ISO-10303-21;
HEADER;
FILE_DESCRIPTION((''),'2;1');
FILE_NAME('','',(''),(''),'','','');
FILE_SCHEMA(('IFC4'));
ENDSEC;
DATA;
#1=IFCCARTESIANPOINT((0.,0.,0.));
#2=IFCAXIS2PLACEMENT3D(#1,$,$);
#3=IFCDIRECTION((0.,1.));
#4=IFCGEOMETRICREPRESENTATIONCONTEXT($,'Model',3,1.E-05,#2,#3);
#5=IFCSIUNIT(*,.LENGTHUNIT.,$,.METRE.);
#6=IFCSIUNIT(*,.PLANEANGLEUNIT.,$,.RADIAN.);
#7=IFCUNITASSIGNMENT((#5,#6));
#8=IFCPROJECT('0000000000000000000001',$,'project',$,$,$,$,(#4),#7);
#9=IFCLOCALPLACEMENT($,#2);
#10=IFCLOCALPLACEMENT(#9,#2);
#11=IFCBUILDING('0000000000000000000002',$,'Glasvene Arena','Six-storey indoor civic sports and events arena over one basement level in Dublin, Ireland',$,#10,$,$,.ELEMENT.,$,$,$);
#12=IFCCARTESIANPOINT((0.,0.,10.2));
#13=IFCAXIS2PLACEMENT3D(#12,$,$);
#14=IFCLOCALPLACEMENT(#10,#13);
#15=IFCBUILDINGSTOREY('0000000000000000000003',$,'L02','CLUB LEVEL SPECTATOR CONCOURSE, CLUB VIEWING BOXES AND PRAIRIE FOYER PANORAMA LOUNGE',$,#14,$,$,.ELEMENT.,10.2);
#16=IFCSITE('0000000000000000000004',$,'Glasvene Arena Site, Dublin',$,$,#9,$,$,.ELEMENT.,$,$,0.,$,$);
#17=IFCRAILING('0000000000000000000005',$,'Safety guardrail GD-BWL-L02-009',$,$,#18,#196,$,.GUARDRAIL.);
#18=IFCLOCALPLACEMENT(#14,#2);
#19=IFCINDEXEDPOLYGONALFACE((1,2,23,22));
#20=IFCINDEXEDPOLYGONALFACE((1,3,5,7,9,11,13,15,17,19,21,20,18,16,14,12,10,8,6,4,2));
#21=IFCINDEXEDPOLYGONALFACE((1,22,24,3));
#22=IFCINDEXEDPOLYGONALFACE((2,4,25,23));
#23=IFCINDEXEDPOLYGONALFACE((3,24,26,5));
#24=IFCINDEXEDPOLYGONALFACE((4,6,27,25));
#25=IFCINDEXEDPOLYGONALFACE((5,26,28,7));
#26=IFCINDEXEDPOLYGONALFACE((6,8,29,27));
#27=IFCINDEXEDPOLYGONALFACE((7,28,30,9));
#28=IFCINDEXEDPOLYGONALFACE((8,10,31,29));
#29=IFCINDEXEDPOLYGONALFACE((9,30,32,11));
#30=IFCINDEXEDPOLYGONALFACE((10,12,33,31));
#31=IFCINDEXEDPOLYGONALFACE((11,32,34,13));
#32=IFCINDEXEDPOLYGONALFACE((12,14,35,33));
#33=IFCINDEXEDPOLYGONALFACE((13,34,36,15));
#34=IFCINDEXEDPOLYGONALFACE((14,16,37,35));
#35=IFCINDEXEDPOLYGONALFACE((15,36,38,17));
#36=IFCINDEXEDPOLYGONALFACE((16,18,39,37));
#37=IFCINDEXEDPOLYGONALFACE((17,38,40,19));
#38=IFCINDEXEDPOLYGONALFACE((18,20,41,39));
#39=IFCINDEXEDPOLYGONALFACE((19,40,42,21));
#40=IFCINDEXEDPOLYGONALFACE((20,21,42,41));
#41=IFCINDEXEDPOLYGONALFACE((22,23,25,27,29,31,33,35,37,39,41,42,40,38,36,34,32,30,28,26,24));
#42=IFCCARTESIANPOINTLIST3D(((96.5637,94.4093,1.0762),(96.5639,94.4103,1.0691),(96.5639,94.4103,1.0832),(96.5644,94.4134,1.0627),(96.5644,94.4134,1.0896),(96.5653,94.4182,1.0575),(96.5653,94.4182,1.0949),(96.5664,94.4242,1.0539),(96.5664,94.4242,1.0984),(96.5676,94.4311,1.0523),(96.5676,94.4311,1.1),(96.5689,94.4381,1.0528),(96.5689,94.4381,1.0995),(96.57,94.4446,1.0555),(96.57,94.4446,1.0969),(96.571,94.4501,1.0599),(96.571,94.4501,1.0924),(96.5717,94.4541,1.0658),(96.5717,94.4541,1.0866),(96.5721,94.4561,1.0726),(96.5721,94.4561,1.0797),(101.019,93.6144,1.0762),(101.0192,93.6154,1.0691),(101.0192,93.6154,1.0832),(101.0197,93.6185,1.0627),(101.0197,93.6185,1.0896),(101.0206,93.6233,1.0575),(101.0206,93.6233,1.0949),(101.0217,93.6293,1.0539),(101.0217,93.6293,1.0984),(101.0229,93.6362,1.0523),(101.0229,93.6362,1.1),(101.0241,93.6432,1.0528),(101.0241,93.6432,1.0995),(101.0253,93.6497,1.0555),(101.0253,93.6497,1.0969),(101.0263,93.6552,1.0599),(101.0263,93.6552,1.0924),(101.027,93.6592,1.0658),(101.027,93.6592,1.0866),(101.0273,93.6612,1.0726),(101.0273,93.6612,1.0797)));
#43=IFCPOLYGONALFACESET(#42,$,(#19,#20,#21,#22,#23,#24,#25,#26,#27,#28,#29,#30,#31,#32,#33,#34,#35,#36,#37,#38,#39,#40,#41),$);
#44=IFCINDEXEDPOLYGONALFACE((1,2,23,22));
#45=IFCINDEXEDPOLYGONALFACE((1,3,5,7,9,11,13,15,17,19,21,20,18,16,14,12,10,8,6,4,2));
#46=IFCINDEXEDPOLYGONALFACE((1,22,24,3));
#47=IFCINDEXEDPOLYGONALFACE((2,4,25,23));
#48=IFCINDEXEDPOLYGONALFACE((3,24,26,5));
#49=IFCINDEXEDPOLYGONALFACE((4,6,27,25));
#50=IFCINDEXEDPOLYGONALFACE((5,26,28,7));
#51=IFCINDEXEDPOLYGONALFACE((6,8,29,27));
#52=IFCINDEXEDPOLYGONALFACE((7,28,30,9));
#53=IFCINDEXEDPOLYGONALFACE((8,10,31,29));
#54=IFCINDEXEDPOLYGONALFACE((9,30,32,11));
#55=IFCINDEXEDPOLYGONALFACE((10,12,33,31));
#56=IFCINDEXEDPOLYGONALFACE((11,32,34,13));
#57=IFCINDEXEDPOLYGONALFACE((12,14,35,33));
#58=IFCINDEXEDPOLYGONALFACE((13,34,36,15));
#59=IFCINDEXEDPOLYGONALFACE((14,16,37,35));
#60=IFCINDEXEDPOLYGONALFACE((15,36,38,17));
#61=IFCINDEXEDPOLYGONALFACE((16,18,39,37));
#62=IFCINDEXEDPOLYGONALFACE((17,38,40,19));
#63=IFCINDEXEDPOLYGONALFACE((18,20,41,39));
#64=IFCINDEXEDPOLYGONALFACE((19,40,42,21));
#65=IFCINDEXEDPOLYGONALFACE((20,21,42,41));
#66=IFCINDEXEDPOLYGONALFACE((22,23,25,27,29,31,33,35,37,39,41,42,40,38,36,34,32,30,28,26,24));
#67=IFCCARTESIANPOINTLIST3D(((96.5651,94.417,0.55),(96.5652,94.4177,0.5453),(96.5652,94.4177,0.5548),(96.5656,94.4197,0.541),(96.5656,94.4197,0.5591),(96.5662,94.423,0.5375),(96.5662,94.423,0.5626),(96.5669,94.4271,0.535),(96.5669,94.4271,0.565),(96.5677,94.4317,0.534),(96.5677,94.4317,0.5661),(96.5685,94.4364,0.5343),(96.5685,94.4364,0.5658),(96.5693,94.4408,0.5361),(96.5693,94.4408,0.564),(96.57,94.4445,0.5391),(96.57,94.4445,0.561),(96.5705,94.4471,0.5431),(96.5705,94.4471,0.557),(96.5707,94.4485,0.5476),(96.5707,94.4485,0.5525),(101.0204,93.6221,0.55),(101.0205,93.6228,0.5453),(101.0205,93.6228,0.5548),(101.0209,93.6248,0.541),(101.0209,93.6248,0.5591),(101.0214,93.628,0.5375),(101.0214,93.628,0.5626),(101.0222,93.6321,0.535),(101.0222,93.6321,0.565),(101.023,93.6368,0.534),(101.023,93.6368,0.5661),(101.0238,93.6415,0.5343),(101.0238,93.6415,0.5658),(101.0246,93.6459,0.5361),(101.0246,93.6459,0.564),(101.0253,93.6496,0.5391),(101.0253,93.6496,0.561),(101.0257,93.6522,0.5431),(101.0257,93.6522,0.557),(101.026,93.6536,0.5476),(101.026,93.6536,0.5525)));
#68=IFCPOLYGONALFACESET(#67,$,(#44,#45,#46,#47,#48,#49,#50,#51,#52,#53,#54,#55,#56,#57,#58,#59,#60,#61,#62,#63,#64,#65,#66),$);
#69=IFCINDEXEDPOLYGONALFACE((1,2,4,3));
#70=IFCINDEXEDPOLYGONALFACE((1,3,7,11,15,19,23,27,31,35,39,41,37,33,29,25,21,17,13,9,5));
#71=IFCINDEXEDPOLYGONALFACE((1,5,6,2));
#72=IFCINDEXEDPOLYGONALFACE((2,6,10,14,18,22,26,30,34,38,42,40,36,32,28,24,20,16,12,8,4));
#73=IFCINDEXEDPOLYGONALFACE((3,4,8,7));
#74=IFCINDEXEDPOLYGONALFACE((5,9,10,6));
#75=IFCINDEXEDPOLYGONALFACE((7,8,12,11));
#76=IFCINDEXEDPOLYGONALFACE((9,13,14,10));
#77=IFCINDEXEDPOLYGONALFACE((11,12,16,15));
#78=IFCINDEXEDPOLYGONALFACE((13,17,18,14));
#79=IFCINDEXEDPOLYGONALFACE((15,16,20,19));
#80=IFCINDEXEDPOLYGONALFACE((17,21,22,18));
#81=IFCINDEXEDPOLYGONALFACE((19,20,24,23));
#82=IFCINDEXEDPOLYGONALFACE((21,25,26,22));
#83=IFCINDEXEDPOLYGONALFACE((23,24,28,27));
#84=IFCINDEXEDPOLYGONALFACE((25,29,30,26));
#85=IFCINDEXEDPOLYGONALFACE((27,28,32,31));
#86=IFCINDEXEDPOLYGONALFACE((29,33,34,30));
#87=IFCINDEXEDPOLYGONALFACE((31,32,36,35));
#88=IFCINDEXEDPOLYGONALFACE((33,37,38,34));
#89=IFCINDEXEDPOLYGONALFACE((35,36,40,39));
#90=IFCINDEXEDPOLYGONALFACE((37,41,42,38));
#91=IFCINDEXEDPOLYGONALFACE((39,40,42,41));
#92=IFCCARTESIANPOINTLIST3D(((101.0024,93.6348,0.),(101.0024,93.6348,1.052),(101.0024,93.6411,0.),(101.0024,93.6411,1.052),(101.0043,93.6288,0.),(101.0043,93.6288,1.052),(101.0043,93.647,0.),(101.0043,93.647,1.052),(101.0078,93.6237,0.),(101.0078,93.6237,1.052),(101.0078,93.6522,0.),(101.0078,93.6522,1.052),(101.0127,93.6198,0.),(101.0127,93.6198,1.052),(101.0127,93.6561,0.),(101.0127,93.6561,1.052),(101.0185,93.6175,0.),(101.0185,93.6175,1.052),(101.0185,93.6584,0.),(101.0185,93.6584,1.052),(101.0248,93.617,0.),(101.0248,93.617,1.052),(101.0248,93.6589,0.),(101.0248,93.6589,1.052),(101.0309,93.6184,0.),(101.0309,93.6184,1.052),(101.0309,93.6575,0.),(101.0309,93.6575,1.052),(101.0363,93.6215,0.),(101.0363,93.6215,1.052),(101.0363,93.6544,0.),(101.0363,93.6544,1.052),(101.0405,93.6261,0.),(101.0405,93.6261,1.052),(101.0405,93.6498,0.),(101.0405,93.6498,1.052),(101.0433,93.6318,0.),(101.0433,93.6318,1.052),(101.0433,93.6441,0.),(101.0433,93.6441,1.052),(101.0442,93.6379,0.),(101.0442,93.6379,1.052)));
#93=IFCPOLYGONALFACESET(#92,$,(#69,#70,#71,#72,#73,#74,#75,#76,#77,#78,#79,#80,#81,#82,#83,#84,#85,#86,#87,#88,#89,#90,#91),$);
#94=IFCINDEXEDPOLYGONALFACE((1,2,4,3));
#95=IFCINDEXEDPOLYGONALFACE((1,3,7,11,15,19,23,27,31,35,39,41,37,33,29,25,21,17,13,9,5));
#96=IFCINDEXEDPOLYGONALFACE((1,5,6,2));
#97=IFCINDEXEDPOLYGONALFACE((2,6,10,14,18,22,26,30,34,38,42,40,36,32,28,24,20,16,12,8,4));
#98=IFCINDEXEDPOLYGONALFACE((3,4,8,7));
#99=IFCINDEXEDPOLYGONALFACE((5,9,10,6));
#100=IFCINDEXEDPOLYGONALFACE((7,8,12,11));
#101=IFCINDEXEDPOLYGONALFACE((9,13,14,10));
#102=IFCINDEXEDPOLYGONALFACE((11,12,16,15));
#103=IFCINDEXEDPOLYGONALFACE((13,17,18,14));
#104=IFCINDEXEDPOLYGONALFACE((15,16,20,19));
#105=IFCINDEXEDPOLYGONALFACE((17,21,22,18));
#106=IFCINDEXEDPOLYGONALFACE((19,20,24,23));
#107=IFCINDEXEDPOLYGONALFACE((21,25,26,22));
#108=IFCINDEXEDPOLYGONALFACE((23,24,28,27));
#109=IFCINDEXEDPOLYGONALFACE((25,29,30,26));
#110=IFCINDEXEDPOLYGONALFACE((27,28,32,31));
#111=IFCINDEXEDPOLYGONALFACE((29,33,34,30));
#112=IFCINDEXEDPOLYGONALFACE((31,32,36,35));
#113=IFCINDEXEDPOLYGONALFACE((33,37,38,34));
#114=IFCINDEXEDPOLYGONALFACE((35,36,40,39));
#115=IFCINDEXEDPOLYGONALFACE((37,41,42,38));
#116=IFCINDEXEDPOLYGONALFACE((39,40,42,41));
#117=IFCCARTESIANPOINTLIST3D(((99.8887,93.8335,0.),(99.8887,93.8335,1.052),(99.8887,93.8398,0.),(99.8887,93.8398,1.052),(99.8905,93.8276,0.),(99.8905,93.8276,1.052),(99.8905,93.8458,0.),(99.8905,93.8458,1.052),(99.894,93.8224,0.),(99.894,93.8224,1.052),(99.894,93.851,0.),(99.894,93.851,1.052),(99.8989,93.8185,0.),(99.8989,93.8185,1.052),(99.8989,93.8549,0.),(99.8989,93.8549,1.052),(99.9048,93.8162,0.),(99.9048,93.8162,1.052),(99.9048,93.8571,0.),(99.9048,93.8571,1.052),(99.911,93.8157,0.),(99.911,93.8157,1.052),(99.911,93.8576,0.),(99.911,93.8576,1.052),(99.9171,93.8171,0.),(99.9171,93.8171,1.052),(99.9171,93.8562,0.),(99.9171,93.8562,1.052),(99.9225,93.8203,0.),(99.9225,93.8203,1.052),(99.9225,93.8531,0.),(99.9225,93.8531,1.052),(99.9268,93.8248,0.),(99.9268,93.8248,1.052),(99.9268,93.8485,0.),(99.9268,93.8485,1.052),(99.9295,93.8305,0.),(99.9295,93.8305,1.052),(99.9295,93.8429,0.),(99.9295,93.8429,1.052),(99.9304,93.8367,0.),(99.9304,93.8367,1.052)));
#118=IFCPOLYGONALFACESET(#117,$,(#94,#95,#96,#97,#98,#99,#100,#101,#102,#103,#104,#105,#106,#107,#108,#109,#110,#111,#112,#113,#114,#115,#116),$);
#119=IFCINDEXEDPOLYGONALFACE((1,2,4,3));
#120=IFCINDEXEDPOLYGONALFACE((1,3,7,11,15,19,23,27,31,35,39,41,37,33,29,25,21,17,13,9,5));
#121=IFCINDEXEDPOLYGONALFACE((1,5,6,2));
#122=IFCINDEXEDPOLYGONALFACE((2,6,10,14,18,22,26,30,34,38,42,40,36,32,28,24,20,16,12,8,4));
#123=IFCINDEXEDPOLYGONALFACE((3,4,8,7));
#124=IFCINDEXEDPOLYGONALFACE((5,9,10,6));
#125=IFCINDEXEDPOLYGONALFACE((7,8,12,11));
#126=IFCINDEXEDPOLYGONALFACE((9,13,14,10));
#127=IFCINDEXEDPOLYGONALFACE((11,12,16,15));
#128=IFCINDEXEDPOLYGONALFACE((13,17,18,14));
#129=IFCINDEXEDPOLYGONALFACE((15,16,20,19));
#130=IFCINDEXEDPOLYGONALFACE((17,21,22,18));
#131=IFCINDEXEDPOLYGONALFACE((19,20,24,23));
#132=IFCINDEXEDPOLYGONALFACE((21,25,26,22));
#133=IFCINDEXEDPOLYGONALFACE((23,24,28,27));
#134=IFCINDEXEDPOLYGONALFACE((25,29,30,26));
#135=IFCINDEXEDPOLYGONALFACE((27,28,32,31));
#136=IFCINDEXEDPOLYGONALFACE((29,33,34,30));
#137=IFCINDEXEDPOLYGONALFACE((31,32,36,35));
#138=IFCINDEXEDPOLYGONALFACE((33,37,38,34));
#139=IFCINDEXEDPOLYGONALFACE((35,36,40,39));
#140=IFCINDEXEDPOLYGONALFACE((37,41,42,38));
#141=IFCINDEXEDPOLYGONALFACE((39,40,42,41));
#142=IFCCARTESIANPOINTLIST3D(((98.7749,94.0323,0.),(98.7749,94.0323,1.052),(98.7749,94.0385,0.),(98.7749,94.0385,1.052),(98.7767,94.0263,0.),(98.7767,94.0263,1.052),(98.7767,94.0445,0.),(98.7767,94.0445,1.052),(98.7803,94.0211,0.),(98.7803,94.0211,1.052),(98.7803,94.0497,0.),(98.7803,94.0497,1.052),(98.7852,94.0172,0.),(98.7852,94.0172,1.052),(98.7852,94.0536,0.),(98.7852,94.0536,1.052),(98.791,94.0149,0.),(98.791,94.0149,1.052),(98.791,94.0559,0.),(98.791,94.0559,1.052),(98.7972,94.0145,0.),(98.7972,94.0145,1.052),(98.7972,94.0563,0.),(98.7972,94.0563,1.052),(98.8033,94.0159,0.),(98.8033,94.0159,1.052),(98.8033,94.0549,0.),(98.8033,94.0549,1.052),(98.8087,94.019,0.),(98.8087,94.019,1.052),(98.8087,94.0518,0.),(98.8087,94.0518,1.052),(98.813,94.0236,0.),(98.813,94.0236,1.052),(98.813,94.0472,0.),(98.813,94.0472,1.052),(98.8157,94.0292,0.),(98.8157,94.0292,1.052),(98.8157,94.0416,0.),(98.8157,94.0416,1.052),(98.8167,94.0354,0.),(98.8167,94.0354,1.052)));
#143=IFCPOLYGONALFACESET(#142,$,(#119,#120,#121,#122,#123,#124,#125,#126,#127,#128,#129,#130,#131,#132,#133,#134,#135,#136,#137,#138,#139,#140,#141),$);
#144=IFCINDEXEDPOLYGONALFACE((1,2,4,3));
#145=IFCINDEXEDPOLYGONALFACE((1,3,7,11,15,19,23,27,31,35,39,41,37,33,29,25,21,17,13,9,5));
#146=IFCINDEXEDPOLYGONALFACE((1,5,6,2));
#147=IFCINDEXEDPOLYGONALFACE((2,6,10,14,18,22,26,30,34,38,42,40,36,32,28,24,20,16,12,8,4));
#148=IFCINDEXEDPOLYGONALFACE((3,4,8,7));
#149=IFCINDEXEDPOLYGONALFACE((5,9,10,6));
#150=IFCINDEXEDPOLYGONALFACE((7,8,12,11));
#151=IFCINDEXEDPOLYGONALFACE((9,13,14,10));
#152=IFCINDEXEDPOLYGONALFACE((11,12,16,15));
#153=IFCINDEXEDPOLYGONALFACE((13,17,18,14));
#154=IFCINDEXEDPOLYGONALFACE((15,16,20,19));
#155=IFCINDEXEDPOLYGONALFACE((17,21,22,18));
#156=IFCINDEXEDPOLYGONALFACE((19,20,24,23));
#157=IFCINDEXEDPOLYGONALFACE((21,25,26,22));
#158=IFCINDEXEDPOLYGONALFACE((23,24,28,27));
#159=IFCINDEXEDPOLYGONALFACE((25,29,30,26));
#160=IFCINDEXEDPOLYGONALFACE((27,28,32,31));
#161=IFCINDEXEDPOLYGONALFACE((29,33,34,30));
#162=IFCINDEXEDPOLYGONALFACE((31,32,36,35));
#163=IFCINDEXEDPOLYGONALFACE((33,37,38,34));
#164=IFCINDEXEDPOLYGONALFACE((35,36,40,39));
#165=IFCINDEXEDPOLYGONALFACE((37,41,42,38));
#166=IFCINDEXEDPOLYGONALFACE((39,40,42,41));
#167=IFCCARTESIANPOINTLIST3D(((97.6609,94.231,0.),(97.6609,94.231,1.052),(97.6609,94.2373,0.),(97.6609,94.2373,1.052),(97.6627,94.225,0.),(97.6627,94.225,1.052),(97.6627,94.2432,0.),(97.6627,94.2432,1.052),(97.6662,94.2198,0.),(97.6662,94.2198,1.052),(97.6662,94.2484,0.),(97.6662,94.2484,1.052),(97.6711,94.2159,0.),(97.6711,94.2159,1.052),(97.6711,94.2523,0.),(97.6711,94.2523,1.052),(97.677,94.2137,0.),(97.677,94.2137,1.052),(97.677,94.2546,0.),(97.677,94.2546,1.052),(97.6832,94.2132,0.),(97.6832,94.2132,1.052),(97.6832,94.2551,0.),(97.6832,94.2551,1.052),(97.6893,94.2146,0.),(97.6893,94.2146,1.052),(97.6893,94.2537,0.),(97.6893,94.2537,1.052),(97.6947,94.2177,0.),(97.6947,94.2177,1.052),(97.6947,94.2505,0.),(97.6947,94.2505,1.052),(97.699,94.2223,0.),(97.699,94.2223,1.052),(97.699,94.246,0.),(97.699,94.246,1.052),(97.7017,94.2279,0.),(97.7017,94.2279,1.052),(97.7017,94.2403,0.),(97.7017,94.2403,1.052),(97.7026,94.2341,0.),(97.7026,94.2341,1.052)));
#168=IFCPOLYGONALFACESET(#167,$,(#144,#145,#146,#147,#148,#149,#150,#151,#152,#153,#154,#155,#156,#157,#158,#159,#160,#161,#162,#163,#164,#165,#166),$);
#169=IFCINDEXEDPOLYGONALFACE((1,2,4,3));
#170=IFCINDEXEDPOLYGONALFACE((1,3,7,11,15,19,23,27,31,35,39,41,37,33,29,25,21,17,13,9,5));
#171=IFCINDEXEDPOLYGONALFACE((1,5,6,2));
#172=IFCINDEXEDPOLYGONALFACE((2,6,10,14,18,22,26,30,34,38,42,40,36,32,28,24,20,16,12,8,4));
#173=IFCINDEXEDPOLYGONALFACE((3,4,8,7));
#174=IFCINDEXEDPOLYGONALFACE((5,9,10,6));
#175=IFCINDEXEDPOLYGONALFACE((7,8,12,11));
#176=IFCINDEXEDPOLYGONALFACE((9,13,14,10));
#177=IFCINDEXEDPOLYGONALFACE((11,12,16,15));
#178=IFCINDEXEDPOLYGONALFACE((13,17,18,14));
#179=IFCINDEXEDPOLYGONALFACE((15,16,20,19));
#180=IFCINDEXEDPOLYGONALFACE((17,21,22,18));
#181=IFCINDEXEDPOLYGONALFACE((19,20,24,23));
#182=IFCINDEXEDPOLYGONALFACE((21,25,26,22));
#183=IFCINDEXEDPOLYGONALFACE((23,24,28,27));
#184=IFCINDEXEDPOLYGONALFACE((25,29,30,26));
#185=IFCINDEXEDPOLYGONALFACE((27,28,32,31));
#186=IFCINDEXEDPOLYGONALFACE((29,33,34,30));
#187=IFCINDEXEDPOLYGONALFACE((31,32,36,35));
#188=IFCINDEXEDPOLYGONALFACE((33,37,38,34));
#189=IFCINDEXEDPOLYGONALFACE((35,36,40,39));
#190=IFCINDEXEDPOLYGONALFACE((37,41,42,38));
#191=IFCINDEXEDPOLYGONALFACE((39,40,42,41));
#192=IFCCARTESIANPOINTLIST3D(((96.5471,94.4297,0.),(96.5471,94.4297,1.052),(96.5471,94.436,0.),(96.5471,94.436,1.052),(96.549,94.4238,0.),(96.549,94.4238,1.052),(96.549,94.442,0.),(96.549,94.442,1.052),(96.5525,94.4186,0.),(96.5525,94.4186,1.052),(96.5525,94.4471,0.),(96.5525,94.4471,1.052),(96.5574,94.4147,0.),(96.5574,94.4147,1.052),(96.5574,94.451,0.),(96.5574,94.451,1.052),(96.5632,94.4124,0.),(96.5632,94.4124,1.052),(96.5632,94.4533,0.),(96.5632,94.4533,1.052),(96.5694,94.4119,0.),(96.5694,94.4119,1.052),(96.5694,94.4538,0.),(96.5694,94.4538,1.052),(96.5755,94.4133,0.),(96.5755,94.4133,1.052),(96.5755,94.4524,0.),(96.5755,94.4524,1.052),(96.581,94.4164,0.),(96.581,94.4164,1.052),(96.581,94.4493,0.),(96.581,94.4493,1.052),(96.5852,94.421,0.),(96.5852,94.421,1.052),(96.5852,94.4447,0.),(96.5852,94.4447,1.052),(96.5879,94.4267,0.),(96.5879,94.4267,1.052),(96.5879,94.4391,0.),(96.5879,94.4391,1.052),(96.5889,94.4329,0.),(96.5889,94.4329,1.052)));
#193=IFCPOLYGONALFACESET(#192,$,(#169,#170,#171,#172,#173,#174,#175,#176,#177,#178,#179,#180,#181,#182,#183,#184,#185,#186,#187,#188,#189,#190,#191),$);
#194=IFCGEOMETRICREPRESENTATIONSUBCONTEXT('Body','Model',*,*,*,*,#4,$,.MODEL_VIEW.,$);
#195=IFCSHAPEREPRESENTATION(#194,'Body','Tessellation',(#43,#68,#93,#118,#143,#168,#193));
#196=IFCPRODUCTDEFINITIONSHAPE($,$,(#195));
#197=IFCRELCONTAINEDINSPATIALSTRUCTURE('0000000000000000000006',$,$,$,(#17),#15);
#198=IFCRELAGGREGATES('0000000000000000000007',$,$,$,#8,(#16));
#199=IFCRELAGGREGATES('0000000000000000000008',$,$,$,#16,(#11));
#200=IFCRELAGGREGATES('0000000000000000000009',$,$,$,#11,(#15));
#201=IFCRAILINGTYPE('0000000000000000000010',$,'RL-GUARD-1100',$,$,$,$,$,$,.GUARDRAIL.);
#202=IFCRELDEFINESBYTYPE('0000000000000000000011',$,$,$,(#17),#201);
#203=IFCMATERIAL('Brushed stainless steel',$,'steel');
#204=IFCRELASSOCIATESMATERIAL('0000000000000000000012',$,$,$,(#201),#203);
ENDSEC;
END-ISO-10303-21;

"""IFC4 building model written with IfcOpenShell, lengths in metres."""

from ifc_helpers import new_model, si_unit, direction, frame, origin, origin_2d, place, context, subcontext, project, spatial, circle, extrude, material, type_object, element, save


model = new_model("IFC4")

# Units and contexts
model_context = context("Model", 3, precision=1e-05, world=origin(), true_north=direction((0.0, 1.0)))
body_context = subcontext(model_context, "Body", "Model", "MODEL_VIEW")
ifc_project = project(units=[si_unit("LENGTHUNIT", "METRE"), si_unit("PLANEANGLEUNIT", "RADIAN")], contexts=[model_context])

# Site, building, storey
site_placement = place(None, origin())
site = spatial("IfcSite", under=ifc_project, at=site_placement, Name="Glasvene Arena Site, Dublin", CompositionType="ELEMENT", RefElevation=0.0)
building_placement = place(site_placement, origin())
building = spatial("IfcBuilding", under=site, at=building_placement, Name="Glasvene Arena", Description="Six-storey indoor civic sports and events arena over one basement level in Dublin, Ireland", CompositionType="ELEMENT")
storey_placement = place(building_placement, frame((0.0, 0.0, 10.2)))
storey = spatial("IfcBuildingStorey", under=building, at=storey_placement, Name="L02", Description="CLUB LEVEL SPECTATOR CONCOURSE, CLUB VIEWING BOXES AND PRAIRIE FOYER PANORAMA LOUNGE", CompositionType="ELEMENT", Elevation=10.2)

# Railing
ifc_material_1 = material(Name="Brushed stainless steel", Category="steel")
railing_type = type_object("IfcRailingType", Name="RL-GUARD-1100", PredefinedType="GUARDRAIL", material=ifc_material_1)
railing_1_placement = place(storey_placement, frame((101.0232, 93.6379, 0.0)))
element("IfcRailing", 1, at=railing_1_placement, inside=storey, type_object=railing_type, Name="Safety guardrail GD-BWL-L02-009", PredefinedType="GUARDRAIL", context=body_context, shape_type="SweptSolid", body=[
    extrude(circle(Radius=0.0239, at=origin_2d()), frame((0.0, 0.0, 1.0762), z_axis=(-0.984453, 0.175647, 0.0), x_axis=(-0.175647, -0.984453, 0.0)), (0.0, 0.0, 1.0), 4.5256),
    extrude(circle(Radius=0.0161, at=origin_2d()), frame((0.0, 0.0, 0.55), z_axis=(-0.984453, 0.175647, 0.0), x_axis=(-0.175647, -0.984453, 0.0)), (0.0, 0.0, 1.0), 4.5256),
    extrude(circle(Radius=0.021, at=origin_2d()), origin(), (0.0, 0.0, 1.0), 1.052),
    extrude(circle(Radius=0.021, at=origin_2d()), frame((-1.1138, 0.1987, 0.0)), (0.0, 0.0, 1.0), 1.052),
    extrude(circle(Radius=0.021, at=origin_2d()), frame((-2.2275, 0.3975, 0.0)), (0.0, 0.0, 1.0), 1.052),
    extrude(circle(Radius=0.021, at=origin_2d()), frame((-3.3416, 0.5962, 0.0)), (0.0, 0.0, 1.0), 1.052),
    extrude(circle(Radius=0.021, at=origin_2d()), frame((-4.4553, 0.7949, 0.0)), (0.0, 0.0, 1.0), 1.052),
])

save(model, "model.ifc")
